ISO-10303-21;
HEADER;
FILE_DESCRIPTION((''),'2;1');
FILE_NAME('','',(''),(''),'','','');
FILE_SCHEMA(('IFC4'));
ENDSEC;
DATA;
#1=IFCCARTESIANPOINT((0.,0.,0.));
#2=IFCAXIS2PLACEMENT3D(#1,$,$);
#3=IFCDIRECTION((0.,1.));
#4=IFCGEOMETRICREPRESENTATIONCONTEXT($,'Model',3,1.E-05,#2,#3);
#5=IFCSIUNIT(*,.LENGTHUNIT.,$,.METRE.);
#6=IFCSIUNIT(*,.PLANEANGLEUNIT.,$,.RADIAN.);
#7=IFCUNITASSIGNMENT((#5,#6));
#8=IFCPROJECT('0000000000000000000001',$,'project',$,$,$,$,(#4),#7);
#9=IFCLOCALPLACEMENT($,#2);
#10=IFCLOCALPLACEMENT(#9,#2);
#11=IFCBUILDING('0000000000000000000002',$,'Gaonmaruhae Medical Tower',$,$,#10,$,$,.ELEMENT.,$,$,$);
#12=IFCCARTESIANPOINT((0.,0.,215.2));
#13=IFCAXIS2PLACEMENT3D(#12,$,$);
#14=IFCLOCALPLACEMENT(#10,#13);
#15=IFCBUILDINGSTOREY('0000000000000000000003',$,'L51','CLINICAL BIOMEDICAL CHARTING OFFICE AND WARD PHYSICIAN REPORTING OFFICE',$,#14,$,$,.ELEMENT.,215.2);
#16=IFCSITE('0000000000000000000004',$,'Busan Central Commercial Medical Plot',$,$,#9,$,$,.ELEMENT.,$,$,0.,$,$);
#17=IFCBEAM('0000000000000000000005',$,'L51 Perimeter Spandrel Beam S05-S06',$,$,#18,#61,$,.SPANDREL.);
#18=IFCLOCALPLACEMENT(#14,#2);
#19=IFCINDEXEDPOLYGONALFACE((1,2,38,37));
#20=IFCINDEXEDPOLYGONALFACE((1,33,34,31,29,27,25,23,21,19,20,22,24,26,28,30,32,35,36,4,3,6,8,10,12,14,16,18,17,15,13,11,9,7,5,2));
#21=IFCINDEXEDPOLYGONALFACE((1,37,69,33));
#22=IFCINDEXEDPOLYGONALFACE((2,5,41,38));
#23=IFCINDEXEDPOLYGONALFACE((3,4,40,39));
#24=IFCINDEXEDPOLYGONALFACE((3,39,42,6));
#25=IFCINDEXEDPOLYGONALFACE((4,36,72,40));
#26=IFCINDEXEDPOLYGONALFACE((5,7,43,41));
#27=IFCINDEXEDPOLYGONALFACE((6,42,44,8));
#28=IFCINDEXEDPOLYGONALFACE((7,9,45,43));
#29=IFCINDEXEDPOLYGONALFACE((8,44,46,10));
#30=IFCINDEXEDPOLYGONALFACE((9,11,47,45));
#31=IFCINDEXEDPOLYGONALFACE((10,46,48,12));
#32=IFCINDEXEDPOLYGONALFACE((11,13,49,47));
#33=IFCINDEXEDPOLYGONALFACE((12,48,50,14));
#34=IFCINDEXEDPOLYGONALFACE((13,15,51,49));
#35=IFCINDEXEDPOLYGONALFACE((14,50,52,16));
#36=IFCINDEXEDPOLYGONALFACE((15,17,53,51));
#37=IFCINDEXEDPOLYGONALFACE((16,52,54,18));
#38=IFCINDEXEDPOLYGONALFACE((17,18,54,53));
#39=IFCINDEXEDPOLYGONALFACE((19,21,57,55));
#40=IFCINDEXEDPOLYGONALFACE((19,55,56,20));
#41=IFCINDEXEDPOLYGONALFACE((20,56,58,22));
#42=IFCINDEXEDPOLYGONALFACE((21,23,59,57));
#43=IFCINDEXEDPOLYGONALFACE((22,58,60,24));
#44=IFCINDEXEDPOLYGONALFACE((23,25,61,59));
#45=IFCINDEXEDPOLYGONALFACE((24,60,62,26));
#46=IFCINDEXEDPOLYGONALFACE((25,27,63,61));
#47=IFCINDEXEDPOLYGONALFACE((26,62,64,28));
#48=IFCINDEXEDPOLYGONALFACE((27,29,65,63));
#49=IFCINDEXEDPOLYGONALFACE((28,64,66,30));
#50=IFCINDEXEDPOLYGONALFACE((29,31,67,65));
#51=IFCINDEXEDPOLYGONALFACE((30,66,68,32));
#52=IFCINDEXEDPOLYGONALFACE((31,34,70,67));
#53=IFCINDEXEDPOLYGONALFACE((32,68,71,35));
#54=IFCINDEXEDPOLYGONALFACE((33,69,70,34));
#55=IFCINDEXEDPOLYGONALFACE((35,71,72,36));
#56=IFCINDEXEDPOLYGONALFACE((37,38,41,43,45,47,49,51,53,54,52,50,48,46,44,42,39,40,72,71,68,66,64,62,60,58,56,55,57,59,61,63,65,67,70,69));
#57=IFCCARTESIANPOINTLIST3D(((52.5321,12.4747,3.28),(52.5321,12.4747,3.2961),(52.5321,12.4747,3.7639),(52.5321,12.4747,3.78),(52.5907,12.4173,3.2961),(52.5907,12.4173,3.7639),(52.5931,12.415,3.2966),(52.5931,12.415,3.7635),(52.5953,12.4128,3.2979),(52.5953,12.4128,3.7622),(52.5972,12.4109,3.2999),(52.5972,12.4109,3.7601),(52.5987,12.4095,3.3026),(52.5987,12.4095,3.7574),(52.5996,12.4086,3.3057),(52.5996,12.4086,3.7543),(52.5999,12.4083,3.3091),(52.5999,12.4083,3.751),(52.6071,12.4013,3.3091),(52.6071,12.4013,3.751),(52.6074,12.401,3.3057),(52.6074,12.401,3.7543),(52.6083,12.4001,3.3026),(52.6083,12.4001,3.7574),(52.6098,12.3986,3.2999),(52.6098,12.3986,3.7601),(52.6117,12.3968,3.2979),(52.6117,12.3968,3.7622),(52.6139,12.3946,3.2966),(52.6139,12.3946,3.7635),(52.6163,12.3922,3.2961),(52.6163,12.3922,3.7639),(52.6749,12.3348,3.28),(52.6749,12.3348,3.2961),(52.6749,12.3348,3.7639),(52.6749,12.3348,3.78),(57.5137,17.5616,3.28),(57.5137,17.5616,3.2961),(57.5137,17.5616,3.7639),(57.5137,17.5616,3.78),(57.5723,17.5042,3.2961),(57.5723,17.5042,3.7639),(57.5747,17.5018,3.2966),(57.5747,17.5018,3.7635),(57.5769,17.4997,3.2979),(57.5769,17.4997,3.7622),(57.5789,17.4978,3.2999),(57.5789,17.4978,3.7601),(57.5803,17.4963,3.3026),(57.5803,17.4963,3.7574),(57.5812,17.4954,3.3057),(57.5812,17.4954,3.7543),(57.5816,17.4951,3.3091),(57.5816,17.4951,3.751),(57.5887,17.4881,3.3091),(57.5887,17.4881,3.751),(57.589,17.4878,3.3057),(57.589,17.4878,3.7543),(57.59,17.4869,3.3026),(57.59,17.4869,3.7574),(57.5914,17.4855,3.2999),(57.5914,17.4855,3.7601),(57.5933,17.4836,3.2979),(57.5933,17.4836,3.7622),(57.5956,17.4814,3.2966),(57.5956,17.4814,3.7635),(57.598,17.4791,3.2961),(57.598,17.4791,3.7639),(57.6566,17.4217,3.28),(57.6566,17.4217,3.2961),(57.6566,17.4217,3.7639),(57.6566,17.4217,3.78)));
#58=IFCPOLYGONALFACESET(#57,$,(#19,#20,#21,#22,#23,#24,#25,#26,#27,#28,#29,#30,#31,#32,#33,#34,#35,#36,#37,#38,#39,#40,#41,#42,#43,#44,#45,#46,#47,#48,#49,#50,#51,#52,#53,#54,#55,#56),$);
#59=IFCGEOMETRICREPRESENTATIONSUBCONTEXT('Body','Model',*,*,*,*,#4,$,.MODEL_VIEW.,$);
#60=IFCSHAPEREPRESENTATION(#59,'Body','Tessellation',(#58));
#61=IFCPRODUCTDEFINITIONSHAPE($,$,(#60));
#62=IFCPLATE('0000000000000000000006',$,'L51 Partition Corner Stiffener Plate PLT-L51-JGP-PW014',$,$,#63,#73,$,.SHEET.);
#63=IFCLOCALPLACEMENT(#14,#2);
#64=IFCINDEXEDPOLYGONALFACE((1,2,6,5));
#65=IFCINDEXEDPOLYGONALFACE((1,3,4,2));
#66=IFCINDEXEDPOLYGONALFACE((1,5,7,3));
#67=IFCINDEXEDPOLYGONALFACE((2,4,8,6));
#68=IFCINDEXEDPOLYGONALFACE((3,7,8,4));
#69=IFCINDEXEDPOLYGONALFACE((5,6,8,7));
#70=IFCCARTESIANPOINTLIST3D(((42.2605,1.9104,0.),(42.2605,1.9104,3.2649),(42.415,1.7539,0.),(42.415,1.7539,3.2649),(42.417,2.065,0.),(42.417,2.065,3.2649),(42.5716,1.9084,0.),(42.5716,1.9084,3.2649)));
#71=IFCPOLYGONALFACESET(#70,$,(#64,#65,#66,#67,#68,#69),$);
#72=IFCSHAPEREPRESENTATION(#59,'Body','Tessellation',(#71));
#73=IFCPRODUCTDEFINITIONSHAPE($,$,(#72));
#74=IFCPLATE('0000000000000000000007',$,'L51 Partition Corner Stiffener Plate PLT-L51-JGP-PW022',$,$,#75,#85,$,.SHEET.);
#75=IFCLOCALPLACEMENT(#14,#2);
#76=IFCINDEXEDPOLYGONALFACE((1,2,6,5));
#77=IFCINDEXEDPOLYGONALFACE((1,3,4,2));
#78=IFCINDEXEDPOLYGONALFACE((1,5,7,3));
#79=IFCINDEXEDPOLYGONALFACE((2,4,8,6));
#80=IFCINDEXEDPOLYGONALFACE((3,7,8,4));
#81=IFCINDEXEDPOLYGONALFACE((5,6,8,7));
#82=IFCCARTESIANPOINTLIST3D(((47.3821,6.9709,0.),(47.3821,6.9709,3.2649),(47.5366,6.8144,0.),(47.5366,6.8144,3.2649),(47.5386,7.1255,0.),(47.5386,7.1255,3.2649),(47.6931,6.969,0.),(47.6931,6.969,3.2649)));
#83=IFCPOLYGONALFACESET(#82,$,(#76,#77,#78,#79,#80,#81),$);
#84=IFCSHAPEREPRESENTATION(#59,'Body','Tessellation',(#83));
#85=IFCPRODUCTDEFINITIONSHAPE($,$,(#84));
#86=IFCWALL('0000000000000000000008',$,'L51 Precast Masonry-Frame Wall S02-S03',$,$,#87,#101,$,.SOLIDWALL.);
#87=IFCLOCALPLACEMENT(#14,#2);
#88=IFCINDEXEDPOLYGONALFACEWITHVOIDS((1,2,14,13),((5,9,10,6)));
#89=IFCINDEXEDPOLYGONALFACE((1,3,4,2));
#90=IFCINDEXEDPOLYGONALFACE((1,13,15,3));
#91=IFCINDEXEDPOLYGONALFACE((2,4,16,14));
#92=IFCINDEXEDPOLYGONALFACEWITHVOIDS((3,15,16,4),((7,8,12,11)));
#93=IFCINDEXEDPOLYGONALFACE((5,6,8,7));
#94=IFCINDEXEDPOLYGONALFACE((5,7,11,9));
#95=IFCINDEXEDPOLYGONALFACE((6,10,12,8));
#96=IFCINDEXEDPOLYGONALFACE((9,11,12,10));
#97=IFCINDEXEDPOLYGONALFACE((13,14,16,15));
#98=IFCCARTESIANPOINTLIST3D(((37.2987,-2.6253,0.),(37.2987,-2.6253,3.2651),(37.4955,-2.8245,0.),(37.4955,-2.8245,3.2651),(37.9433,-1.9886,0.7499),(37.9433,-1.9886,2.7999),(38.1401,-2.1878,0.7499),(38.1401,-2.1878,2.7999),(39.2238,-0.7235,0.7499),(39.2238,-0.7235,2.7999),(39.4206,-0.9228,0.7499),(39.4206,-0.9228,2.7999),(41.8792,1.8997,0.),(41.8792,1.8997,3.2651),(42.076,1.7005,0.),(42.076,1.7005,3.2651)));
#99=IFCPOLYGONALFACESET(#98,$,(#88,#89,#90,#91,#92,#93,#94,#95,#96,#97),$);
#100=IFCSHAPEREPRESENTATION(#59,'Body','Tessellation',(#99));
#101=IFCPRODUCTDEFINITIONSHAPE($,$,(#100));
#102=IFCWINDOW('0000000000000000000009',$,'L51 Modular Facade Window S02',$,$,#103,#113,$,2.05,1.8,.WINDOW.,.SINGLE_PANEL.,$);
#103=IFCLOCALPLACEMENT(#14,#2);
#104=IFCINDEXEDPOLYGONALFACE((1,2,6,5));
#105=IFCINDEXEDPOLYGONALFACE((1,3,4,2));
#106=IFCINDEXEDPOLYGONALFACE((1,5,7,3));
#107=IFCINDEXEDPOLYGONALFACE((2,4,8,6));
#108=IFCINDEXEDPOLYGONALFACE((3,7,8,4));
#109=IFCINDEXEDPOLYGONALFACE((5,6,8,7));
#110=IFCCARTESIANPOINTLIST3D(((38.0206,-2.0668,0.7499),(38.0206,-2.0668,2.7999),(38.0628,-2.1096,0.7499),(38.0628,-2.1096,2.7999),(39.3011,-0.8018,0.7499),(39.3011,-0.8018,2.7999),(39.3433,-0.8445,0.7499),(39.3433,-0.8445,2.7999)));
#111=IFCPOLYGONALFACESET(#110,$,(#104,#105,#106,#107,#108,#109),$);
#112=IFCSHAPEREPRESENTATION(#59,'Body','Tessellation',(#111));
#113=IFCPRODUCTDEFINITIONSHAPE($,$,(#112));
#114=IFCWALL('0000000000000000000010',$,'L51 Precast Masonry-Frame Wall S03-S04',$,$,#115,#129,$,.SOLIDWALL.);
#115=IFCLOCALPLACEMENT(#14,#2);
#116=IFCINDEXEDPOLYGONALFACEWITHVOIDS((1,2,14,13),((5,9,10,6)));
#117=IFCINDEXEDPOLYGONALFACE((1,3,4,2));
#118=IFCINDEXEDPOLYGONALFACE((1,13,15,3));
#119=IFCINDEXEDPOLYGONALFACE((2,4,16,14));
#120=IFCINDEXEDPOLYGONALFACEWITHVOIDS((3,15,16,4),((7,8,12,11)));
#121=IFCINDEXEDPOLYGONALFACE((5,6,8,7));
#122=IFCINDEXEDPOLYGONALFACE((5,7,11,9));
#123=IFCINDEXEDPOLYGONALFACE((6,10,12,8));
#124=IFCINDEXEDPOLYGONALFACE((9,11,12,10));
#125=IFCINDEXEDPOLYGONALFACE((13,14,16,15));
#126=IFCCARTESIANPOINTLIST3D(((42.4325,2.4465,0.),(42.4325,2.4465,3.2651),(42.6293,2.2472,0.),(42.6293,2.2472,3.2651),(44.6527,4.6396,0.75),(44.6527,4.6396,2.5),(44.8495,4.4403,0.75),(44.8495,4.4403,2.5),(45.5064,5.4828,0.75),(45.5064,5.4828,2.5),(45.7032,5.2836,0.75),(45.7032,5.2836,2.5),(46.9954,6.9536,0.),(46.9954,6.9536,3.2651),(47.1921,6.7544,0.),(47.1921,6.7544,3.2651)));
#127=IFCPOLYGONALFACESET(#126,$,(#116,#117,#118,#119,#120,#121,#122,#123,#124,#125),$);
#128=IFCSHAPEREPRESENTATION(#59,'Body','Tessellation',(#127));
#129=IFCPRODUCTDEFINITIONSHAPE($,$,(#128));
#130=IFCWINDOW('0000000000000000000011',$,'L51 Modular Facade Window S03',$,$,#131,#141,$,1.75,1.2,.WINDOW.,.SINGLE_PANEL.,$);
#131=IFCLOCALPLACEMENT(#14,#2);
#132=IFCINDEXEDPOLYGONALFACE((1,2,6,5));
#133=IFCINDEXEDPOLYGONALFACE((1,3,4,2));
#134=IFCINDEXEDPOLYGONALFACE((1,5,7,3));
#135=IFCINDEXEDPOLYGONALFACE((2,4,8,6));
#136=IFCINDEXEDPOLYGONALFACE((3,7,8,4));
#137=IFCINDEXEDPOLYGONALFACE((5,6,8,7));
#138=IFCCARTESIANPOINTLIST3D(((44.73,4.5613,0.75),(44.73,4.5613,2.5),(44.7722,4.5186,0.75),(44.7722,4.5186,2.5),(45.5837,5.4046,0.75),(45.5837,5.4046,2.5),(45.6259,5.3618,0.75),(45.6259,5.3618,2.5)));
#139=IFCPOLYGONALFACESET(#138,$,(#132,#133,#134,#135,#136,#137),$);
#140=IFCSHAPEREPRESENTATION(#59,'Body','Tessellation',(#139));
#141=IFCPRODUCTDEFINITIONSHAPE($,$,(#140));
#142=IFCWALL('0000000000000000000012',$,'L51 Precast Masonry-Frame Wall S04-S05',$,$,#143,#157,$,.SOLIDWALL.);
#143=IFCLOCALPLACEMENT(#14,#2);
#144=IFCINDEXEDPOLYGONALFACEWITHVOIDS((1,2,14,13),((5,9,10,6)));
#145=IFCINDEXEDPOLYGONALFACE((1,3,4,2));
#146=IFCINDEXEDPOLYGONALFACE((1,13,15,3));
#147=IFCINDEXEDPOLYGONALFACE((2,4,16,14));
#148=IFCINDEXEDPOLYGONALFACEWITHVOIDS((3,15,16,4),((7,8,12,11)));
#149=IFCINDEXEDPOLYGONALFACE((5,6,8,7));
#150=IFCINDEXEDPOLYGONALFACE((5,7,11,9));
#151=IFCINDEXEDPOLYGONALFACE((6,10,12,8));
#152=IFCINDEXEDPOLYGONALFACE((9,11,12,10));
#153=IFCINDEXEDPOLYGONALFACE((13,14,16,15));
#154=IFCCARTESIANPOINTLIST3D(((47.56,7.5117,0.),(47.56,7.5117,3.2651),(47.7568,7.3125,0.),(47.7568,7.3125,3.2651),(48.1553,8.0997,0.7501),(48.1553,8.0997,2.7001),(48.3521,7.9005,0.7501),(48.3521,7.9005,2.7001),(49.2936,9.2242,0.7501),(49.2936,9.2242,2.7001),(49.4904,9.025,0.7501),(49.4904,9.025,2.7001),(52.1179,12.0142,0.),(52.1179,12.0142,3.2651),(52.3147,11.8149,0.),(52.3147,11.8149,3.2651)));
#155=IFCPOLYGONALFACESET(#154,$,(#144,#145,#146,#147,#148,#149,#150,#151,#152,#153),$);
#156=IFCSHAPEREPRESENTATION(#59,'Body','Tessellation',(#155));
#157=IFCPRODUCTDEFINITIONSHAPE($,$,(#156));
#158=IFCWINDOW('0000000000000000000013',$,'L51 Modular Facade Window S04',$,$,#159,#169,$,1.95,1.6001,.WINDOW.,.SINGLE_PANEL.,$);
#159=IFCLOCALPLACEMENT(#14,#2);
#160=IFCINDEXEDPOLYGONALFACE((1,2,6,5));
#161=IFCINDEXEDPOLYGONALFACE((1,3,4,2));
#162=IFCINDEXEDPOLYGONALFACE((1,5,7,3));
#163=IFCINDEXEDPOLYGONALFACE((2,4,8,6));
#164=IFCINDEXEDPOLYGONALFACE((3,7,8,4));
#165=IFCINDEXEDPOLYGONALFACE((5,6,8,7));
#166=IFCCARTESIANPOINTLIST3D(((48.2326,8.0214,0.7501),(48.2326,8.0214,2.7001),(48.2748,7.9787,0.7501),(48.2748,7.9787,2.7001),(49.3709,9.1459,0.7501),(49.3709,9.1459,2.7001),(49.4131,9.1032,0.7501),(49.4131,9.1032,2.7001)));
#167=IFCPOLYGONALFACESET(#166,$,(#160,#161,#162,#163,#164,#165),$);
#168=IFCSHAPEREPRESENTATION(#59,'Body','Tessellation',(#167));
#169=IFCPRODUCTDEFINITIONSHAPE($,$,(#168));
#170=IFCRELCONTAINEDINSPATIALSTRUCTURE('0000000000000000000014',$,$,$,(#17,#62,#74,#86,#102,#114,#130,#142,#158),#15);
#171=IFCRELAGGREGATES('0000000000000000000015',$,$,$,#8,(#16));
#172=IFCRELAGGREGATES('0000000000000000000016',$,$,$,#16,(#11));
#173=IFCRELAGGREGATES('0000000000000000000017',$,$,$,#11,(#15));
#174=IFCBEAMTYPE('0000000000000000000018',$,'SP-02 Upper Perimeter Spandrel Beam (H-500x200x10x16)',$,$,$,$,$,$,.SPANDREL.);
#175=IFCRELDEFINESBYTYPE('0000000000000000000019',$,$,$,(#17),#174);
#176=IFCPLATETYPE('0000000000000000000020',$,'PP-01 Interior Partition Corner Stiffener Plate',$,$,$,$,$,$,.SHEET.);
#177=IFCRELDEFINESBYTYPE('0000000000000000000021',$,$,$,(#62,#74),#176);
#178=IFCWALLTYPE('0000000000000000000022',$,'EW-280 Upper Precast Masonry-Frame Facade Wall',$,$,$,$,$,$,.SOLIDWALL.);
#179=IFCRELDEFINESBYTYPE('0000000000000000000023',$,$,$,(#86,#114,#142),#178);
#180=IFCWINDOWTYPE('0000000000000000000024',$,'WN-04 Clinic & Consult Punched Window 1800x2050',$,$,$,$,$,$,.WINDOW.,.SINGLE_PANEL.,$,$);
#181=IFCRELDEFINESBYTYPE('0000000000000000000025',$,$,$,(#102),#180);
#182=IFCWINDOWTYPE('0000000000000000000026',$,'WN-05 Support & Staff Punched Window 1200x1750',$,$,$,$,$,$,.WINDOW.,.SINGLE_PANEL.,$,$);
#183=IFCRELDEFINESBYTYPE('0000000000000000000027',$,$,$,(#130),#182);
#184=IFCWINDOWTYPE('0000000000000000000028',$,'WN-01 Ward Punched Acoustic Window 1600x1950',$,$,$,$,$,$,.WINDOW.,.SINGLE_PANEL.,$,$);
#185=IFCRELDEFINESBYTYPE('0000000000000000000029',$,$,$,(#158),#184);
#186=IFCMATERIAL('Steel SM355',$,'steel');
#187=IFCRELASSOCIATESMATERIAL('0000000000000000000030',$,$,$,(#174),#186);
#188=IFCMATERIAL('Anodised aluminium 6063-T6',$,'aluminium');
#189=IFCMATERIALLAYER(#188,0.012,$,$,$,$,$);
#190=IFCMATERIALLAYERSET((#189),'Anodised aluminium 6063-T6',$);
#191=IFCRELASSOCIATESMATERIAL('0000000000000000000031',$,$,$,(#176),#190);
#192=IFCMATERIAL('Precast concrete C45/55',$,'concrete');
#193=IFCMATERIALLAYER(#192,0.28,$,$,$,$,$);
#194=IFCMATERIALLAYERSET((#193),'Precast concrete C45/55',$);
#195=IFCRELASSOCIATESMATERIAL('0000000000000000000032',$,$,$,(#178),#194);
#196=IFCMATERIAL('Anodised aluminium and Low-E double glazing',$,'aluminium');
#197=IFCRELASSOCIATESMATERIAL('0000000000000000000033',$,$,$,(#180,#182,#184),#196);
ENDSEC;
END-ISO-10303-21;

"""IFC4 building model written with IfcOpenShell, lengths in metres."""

from ifc_helpers import new_model, si_unit, direction, frame, frame_2d, origin, origin_2d, place, context, subcontext, project, spatial, rectangle, i_section, extrude, material, layer, layer_set, material_profile, profile_set, type_object, element, fill, save


model = new_model("IFC4")

# Units and contexts
model_context = context("Model", 3, precision=1e-05, world=origin(), true_north=direction((0.0, 1.0)))
body_context = subcontext(model_context, "Body", "Model", "MODEL_VIEW")
ifc_project = project(units=[si_unit("LENGTHUNIT", "METRE"), si_unit("PLANEANGLEUNIT", "RADIAN")], contexts=[model_context])

# Site, building, storey
site_placement = place(None, origin())
site = spatial("IfcSite", under=ifc_project, at=site_placement, Name="Busan Central Commercial Medical Plot", CompositionType="ELEMENT", RefElevation=0.0)
building_placement = place(site_placement, origin())
building = spatial("IfcBuilding", under=site, at=building_placement, Name="Gaonmaruhae Medical Tower", CompositionType="ELEMENT")
storey_placement = place(building_placement, frame((0.0, 0.0, 215.2)))
storey = spatial("IfcBuildingStorey", under=building, at=storey_placement, Name="L51", Description="CLINICAL BIOMEDICAL CHARTING OFFICE AND WARD PHYSICIAN REPORTING OFFICE", CompositionType="ELEMENT", Elevation=215.2)

# Beam
ifc_material_1 = material(Name="Steel SM355", Category="steel")
ifc_material_profile_1 = material_profile(ifc_material_1, i_section(OverallWidth=0.2, OverallDepth=0.5, WebThickness=0.01, FlangeThickness=0.0161, FilletRadius=0.0129, at=origin_2d()), Name="H-500x200x10x16")
ifc_profile_set_1 = profile_set([ifc_material_profile_1], Name="Steel SM355")
beam_type_1 = type_object("IfcBeamType", Name="SP-02 Upper Perimeter Spandrel Beam (H-500x200x10x16)", PredefinedType="SPANDREL", material=ifc_profile_set_1)
beam_1_placement = place(storey_placement, frame((52.6035, 12.4048, 3.53), z_axis=(0.699679, 0.714458, 0.0), x_axis=(-0.714458, 0.699679, 0.0)))
element("IfcBeam", 1, at=beam_1_placement, inside=storey, type_object=beam_type_1, Name="L51 Perimeter Spandrel Beam S05-S06", PredefinedType="SPANDREL", context=body_context, shape_type="SweptSolid", body=[
    extrude(i_section(OverallWidth=0.2, OverallDepth=0.5, WebThickness=0.01, FlangeThickness=0.0161, FilletRadius=0.0129, at=origin_2d()), origin(), (0.0, 0.0, 1.0), 7.1199),
])

# Plates
ifc_material_2 = material(Name="Anodised aluminium 6063-T6", Category="aluminium")
ifc_layer_1 = layer(ifc_material_2, 0.012)
ifc_layer_set_1 = layer_set([ifc_layer_1], Name="Anodised aluminium 6063-T6")
plate_type = type_object("IfcPlateType", Name="PP-01 Interior Partition Corner Stiffener Plate", PredefinedType="SHEET", material=ifc_layer_set_1)
for number, where, z_axis, x_axis, name in (
    (2, (42.416, 1.9094, 0.0), (0.0, 0.0, 1.0), (-0.711585, -0.7026, 0.0), "L51 Partition Corner Stiffener Plate PLT-L51-JGP-PW014"),
    (3, (47.5376, 6.97, 0.0), (0.0, 0.0, 1.0), (-0.711499, -0.702687, 0.0), "L51 Partition Corner Stiffener Plate PLT-L51-JGP-PW022"),
):
    element("IfcPlate", number, at=place(storey_placement, frame(where, z_axis=z_axis, x_axis=x_axis)), inside=storey, type_object=plate_type, Name=name, PredefinedType="SHEET", context=body_context, shape_type="SweptSolid", body=[
        extrude(rectangle(XDim=0.22, YDim=0.22, at=origin_2d()), origin(), (0.0, 0.0, 1.0), 3.2649),
    ])

# Walls, openings, windows
ifc_material_3 = material(Name="Precast concrete C45/55", Category="concrete")
ifc_layer_2 = layer(ifc_material_3, 0.28)
ifc_layer_set_2 = layer_set([ifc_layer_2], Name="Precast concrete C45/55")
wall_type_1 = type_object("IfcWallType", Name="EW-280 Upper Precast Masonry-Frame Facade Wall", PredefinedType="SOLIDWALL", material=ifc_layer_set_2)
wall_1_placement = place(storey_placement, frame((41.9775, 1.8, 0.0), z_axis=(0.0, 0.0, 1.0), x_axis=(-0.711397, -0.70279, 0.0)))
wall_1 = element("IfcWall", 4, at=wall_1_placement, inside=storey, type_object=wall_type_1, Name="L51 Precast Masonry-Frame Wall S02-S03", PredefinedType="SOLIDWALL", context=body_context, shape_type="SweptSolid", body=[
    extrude(rectangle(XDim=6.4387, YDim=0.28, at=frame_2d((3.2192, 0.0))), origin(), (0.0, 0.0, 1.0), 3.2651),
])
opening_1_placement = place(wall_1_placement, frame((3.7327, 0.0, 0.75)))
opening_1 = element("IfcOpeningElement", 5, at=opening_1_placement, cuts=wall_1, PredefinedType="OPENING", context=body_context, shape_type="SweptSolid", body=[
    extrude(rectangle(XDim=1.8, YDim=2.05, at=frame_2d((0.8999, 1.0249))), frame((0.0, 0.1499, 0.0), z_axis=(0.0, -1.0, 0.0), x_axis=(1.0, 0.0, 0.0)), (0.0, 0.0, 1.0), 0.3),
])
ifc_material_4 = material(Name="Anodised aluminium and Low-E double glazing", Category="aluminium")
window_type_1 = type_object("IfcWindowType", Name="WN-04 Clinic & Consult Punched Window 1800x2050", PartitioningType="SINGLE_PANEL", PredefinedType="WINDOW", material=ifc_material_4)
window_1_placement = place(opening_1_placement, origin())
window_1 = element("IfcWindow", 6, at=window_1_placement, inside=storey, type_object=window_type_1, Name="L51 Modular Facade Window S02", OverallHeight=2.05, OverallWidth=1.8, PartitioningType="SINGLE_PANEL", PredefinedType="WINDOW", context=body_context, shape_type="SweptSolid", body=[
    extrude(rectangle(XDim=1.8, YDim=2.05, at=frame_2d((0.8999, 1.0249))), frame((0.0, 0.03, 0.0), z_axis=(0.0, -1.0, 0.0), x_axis=(1.0, 0.0, 0.0)), (0.0, 0.0, 1.0), 0.0601),
])
fill(opening_1, window_1)
wall_2_placement = place(storey_placement, frame((47.0938, 6.854, 0.0), z_axis=(0.0, 0.0, 1.0), x_axis=(-0.711433, -0.702754, 0.0)))
wall_2 = element("IfcWall", 7, at=wall_2_placement, inside=storey, type_object=wall_type_1, Name="L51 Precast Masonry-Frame Wall S03-S04", PredefinedType="SOLIDWALL", context=body_context, shape_type="SweptSolid", body=[
    extrude(rectangle(XDim=6.4136, YDim=0.28, at=frame_2d((3.2068, 0.0))), origin(), (0.0, 0.0, 1.0), 3.2651),
])
opening_2_placement = place(wall_2_placement, frame((2.0928, 0.0, 0.75)))
opening_2 = element("IfcOpeningElement", 8, at=opening_2_placement, cuts=wall_2, PredefinedType="OPENING", context=body_context, shape_type="SweptSolid", body=[
    extrude(rectangle(XDim=1.2, YDim=1.75, at=frame_2d((0.6001, 0.875))), frame((0.0, 0.1499, 0.0), z_axis=(0.0, -1.0, 0.0), x_axis=(1.0, 0.0, 0.0)), (0.0, 0.0, 1.0), 0.3),
])
window_type_2 = type_object("IfcWindowType", Name="WN-05 Support & Staff Punched Window 1200x1750", PartitioningType="SINGLE_PANEL", PredefinedType="WINDOW", material=ifc_material_4)
window_2_placement = place(opening_2_placement, origin())
window_2 = element("IfcWindow", 9, at=window_2_placement, inside=storey, type_object=window_type_2, Name="L51 Modular Facade Window S03", OverallHeight=1.75, OverallWidth=1.2, PartitioningType="SINGLE_PANEL", PredefinedType="WINDOW", context=body_context, shape_type="SweptSolid", body=[
    extrude(rectangle(XDim=1.2, YDim=1.75, at=frame_2d((0.6001, 0.875))), frame((0.0, 0.03, 0.0), z_axis=(0.0, -1.0, 0.0), x_axis=(1.0, 0.0, 0.0)), (0.0, 0.0, 1.0), 0.0601),
])
fill(opening_2, window_2)
wall_3_placement = place(storey_placement, frame((52.2163, 11.9146, 0.0), z_axis=(0.0, 0.0, 1.0), x_axis=(-0.711419, -0.702768, 0.0)))
wall_3 = element("IfcWall", 10, at=wall_3_placement, inside=storey, type_object=wall_type_1, Name="L51 Precast Masonry-Frame Wall S04-S05", PredefinedType="SOLIDWALL", context=body_context, shape_type="SweptSolid", body=[
    extrude(rectangle(XDim=6.4067, YDim=0.28, at=frame_2d((3.2034, 0.0))), origin(), (0.0, 0.0, 1.0), 3.2651),
])
opening_3_placement = place(wall_3_placement, frame((3.97, 0.0, 0.75)))
opening_3 = element("IfcOpeningElement", 11, at=opening_3_placement, cuts=wall_3, PredefinedType="OPENING", context=body_context, shape_type="SweptSolid", body=[
    extrude(rectangle(XDim=1.6001, YDim=1.95, at=frame_2d((0.8, 0.9751))), frame((0.0, 0.1499, 0.0), z_axis=(0.0, -1.0, 0.0), x_axis=(1.0, 0.0, 0.0)), (0.0, 0.0, 1.0), 0.3),
])
window_type_3 = type_object("IfcWindowType", Name="WN-01 Ward Punched Acoustic Window 1600x1950", PartitioningType="SINGLE_PANEL", PredefinedType="WINDOW", material=ifc_material_4)
window_3_placement = place(opening_3_placement, origin())
window_3 = element("IfcWindow", 12, at=window_3_placement, inside=storey, type_object=window_type_3, Name="L51 Modular Facade Window S04", OverallHeight=1.95, OverallWidth=1.6001, PartitioningType="SINGLE_PANEL", PredefinedType="WINDOW", context=body_context, shape_type="SweptSolid", body=[
    extrude(rectangle(XDim=1.6001, YDim=1.95, at=frame_2d((0.8, 0.9751))), frame((0.0, 0.03, 0.0), z_axis=(0.0, -1.0, 0.0), x_axis=(1.0, 0.0, 0.0)), (0.0, 0.0, 1.0), 0.0601),
])
fill(opening_3, window_3)

save(model, "model.ifc")
